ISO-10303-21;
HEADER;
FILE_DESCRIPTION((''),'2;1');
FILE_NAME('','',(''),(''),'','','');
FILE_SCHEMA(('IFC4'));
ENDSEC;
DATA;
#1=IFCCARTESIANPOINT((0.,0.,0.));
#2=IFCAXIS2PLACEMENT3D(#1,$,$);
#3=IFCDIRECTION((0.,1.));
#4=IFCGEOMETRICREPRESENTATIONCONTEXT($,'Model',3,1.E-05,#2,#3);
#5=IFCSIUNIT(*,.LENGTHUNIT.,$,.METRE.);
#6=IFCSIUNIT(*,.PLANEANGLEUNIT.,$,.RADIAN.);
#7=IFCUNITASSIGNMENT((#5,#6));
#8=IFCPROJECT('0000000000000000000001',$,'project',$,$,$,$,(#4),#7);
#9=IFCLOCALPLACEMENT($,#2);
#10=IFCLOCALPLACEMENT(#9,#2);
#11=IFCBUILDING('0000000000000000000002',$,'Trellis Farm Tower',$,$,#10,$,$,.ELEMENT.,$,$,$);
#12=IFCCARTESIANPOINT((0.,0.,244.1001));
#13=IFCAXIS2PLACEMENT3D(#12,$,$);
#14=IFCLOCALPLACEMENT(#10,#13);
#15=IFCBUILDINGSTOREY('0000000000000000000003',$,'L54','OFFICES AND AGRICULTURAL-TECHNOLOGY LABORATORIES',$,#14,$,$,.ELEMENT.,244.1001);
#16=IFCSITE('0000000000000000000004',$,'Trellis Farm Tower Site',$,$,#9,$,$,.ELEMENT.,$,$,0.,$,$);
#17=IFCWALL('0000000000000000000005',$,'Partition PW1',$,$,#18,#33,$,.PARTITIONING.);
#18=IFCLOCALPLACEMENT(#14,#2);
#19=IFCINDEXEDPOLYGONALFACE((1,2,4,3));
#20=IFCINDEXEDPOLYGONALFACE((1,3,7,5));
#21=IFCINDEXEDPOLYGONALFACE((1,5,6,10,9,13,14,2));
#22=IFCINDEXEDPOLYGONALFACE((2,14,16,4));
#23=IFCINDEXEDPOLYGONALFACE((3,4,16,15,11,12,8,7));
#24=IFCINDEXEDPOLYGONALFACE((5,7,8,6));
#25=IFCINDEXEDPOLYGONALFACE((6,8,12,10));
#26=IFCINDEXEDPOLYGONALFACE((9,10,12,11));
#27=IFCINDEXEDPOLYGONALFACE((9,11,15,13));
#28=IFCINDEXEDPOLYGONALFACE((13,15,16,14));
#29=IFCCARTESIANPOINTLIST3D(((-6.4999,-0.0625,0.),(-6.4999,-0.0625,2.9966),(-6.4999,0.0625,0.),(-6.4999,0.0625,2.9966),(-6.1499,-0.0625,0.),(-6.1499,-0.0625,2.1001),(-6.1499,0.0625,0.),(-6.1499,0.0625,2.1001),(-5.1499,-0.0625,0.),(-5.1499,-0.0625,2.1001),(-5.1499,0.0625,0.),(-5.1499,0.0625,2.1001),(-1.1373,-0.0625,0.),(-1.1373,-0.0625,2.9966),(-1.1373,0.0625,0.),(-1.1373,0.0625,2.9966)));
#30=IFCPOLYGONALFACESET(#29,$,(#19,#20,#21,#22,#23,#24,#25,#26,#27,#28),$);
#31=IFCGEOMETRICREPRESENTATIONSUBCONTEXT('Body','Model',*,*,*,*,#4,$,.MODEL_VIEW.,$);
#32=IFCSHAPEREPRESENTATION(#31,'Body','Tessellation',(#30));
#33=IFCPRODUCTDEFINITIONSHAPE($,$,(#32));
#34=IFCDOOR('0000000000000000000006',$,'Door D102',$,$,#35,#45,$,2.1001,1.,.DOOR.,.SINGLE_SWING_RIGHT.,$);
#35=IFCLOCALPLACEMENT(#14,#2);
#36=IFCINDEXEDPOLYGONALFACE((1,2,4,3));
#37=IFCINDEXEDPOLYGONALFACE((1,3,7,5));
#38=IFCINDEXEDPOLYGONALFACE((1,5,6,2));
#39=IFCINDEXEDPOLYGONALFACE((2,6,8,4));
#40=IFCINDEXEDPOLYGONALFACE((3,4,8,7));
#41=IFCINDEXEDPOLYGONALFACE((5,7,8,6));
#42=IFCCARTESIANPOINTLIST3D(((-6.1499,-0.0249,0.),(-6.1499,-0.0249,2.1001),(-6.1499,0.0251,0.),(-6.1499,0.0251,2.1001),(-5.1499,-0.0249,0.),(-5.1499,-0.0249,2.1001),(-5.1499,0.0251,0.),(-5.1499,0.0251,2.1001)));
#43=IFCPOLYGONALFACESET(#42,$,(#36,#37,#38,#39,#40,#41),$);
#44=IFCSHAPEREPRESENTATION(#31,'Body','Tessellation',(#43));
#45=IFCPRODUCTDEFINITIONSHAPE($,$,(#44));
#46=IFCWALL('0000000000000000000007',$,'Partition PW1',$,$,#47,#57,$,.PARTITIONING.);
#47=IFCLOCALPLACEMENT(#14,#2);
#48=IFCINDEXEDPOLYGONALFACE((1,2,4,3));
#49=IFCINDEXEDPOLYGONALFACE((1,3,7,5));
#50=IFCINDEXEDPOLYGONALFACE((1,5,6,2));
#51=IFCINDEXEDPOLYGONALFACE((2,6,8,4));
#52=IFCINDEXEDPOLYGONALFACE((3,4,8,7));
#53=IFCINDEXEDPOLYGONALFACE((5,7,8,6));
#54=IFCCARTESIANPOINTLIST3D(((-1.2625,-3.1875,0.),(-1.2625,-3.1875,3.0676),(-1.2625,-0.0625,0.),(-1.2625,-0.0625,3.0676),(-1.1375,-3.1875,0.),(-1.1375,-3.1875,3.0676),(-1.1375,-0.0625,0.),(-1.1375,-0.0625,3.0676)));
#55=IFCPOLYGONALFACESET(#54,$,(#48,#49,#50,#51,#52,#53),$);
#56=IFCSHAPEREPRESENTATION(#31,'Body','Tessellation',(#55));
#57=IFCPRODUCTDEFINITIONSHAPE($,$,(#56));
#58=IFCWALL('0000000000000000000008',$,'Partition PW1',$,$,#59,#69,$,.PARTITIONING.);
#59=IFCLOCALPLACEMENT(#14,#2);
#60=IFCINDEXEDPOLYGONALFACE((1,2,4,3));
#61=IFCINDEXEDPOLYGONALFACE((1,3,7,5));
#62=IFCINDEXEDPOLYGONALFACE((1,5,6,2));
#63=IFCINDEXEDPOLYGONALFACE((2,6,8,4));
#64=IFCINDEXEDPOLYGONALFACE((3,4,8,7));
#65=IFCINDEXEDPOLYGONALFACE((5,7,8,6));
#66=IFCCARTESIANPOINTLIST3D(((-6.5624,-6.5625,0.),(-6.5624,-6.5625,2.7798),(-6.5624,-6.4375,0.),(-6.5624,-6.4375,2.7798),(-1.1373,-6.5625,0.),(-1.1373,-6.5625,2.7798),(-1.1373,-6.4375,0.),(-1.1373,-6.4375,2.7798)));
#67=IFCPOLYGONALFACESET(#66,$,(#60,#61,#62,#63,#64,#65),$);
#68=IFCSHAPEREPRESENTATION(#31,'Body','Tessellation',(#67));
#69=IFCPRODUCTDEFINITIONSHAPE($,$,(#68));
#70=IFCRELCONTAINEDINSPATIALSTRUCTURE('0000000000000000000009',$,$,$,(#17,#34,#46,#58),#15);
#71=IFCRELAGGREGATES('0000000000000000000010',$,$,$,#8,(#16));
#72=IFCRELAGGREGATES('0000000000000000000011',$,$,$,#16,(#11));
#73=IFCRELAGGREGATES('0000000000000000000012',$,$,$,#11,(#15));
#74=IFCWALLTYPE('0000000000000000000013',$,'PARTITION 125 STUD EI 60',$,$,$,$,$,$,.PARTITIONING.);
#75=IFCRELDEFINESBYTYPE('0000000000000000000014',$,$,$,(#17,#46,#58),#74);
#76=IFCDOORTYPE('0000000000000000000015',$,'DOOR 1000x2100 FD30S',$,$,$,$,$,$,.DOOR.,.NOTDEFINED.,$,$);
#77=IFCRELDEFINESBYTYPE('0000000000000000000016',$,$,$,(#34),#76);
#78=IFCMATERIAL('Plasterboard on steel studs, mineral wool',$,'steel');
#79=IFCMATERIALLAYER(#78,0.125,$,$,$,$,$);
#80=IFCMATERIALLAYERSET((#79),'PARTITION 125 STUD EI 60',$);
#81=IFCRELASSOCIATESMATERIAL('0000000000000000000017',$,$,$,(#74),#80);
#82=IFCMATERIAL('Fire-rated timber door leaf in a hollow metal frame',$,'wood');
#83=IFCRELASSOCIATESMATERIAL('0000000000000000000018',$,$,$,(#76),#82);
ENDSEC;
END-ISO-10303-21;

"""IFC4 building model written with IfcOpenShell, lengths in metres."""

from ifc_helpers import new_model, si_unit, direction, frame, frame_2d, origin, place, context, subcontext, project, spatial, rectangle, extrude, source, transform, mapped, material, layer, layer_set, type_object, element, fill, save


model = new_model("IFC4")

# Units and contexts
model_context = context("Model", 3, precision=1e-05, world=origin(), true_north=direction((0.0, 1.0)))
body_context = subcontext(model_context, "Body", "Model", "MODEL_VIEW")
ifc_project = project(units=[si_unit("LENGTHUNIT", "METRE"), si_unit("PLANEANGLEUNIT", "RADIAN")], contexts=[model_context])

# Site, building, storey
site_placement = place(None, origin())
site = spatial("IfcSite", under=ifc_project, at=site_placement, Name="Trellis Farm Tower Site", CompositionType="ELEMENT", RefElevation=0.0)
building_placement = place(site_placement, origin())
building = spatial("IfcBuilding", under=site, at=building_placement, Name="Trellis Farm Tower", CompositionType="ELEMENT")
storey_placement = place(building_placement, frame((0.0, 0.0, 244.1001)))
storey = spatial("IfcBuildingStorey", under=building, at=storey_placement, Name="L54", Description="OFFICES AND AGRICULTURAL-TECHNOLOGY LABORATORIES", CompositionType="ELEMENT", Elevation=244.1001)

# Wall, opening, door
ifc_material_1 = material(Name="Plasterboard on steel studs, mineral wool", Category="steel")
ifc_layer_1 = layer(ifc_material_1, 0.125)
ifc_layer_set_1 = layer_set([ifc_layer_1], Name="PARTITION 125 STUD EI 60")
wall_type = type_object("IfcWallType", Name="PARTITION 125 STUD EI 60", PredefinedType="PARTITIONING", material=ifc_layer_set_1)
shared_shape_1 = source(origin(), body_context, "Body", "SweptSolid", [
    extrude(rectangle(XDim=5.3625, YDim=0.125, at=frame_2d((2.6812, 0.0))), origin(), (0.0, 0.0, 1.0), 2.9966),
])
shared_shape_2 = source(origin(), body_context, "Body", "SweptSolid", [
    extrude(rectangle(XDim=1.0, YDim=2.1001, at=frame_2d((0.5, 1.05))), frame((0.0, 0.0725, 0.0), z_axis=(0.0, -1.0, 0.0), x_axis=(1.0, 0.0, 0.0)), (0.0, 0.0, 1.0), 0.145),
])
ifc_material_2 = material(Name="Fire-rated timber door leaf in a hollow metal frame", Category="wood")
door_type = type_object("IfcDoorType", Name="DOOR 1000x2100 FD30S", OperationType="NOTDEFINED", PredefinedType="DOOR", material=ifc_material_2)
shared_shape_3 = source(origin(), body_context, "Body", "SweptSolid", [
    extrude(rectangle(XDim=1.0, YDim=2.1001, at=frame_2d((0.5, 1.05))), frame((0.0, 0.0249, 0.0), z_axis=(0.0, -1.0, 0.0), x_axis=(1.0, 0.0, 0.0)), (0.0, 0.0, 1.0), 0.05),
])
wall_1_placement = place(storey_placement, frame((-1.1375, 0.0, 0.0), z_axis=(0.0, 0.0, 1.0), x_axis=(-1.0, 0.0, 0.0)))
wall_1 = element("IfcWall", 1, at=wall_1_placement, inside=storey, type_object=wall_type, Name="Partition PW1", PredefinedType="PARTITIONING", context=body_context, shape_type="MappedRepresentation", body=[
    mapped(shared_shape_1, transform((0.0, 0.0, 0.0))),
])
opening_1_placement = place(wall_1_placement, frame((4.0125, 0.0, 0.0)))
opening_1 = element("IfcOpeningElement", 2, at=opening_1_placement, cuts=wall_1, PredefinedType="OPENING", context=body_context, shape_type="MappedRepresentation", body=[
    mapped(shared_shape_2, transform((0.0, 0.0, 0.0))),
])
door_1_placement = place(opening_1_placement, origin())
door_1 = element("IfcDoor", 3, at=door_1_placement, inside=storey, type_object=door_type, Name="Door D102", OperationType="SINGLE_SWING_RIGHT", OverallHeight=2.1001, OverallWidth=1.0, PredefinedType="DOOR", context=body_context, shape_type="MappedRepresentation", body=[
    mapped(shared_shape_3, transform((0.0, 0.0, 0.0))),
])
fill(opening_1, door_1)

# Walls
shared_shape_4 = source(origin(), body_context, "Body", "SweptSolid", [
    extrude(rectangle(XDim=3.125, YDim=0.125, at=frame_2d((1.5625, 0.0))), origin(), (0.0, 0.0, 1.0), 3.0676),
])
wall_2_placement = place(storey_placement, frame((-1.2, -0.0625, 0.0), z_axis=(0.0, 0.0, 1.0), x_axis=(0.0, -1.0, 0.0)))
element("IfcWall", 4, at=wall_2_placement, inside=storey, type_object=wall_type, Name="Partition PW1", PredefinedType="PARTITIONING", context=body_context, shape_type="MappedRepresentation", body=[
    mapped(shared_shape_4, transform((0.0, 0.0, 0.0))),
])
shared_shape_5 = source(origin(), body_context, "Body", "SweptSolid", [
    extrude(rectangle(XDim=5.425, YDim=0.125, at=frame_2d((2.7124, 0.0))), origin(), (0.0, 0.0, 1.0), 2.7798),
])
wall_3_placement = place(storey_placement, frame((-1.1375, -6.5, 0.0), z_axis=(0.0, 0.0, 1.0), x_axis=(-1.0, 0.0, 0.0)))
element("IfcWall", 5, at=wall_3_placement, inside=storey, type_object=wall_type, Name="Partition PW1", PredefinedType="PARTITIONING", context=body_context, shape_type="MappedRepresentation", body=[
    mapped(shared_shape_5, transform((0.0, 0.0, 0.0))),
])

save(model, "model.ifc")
